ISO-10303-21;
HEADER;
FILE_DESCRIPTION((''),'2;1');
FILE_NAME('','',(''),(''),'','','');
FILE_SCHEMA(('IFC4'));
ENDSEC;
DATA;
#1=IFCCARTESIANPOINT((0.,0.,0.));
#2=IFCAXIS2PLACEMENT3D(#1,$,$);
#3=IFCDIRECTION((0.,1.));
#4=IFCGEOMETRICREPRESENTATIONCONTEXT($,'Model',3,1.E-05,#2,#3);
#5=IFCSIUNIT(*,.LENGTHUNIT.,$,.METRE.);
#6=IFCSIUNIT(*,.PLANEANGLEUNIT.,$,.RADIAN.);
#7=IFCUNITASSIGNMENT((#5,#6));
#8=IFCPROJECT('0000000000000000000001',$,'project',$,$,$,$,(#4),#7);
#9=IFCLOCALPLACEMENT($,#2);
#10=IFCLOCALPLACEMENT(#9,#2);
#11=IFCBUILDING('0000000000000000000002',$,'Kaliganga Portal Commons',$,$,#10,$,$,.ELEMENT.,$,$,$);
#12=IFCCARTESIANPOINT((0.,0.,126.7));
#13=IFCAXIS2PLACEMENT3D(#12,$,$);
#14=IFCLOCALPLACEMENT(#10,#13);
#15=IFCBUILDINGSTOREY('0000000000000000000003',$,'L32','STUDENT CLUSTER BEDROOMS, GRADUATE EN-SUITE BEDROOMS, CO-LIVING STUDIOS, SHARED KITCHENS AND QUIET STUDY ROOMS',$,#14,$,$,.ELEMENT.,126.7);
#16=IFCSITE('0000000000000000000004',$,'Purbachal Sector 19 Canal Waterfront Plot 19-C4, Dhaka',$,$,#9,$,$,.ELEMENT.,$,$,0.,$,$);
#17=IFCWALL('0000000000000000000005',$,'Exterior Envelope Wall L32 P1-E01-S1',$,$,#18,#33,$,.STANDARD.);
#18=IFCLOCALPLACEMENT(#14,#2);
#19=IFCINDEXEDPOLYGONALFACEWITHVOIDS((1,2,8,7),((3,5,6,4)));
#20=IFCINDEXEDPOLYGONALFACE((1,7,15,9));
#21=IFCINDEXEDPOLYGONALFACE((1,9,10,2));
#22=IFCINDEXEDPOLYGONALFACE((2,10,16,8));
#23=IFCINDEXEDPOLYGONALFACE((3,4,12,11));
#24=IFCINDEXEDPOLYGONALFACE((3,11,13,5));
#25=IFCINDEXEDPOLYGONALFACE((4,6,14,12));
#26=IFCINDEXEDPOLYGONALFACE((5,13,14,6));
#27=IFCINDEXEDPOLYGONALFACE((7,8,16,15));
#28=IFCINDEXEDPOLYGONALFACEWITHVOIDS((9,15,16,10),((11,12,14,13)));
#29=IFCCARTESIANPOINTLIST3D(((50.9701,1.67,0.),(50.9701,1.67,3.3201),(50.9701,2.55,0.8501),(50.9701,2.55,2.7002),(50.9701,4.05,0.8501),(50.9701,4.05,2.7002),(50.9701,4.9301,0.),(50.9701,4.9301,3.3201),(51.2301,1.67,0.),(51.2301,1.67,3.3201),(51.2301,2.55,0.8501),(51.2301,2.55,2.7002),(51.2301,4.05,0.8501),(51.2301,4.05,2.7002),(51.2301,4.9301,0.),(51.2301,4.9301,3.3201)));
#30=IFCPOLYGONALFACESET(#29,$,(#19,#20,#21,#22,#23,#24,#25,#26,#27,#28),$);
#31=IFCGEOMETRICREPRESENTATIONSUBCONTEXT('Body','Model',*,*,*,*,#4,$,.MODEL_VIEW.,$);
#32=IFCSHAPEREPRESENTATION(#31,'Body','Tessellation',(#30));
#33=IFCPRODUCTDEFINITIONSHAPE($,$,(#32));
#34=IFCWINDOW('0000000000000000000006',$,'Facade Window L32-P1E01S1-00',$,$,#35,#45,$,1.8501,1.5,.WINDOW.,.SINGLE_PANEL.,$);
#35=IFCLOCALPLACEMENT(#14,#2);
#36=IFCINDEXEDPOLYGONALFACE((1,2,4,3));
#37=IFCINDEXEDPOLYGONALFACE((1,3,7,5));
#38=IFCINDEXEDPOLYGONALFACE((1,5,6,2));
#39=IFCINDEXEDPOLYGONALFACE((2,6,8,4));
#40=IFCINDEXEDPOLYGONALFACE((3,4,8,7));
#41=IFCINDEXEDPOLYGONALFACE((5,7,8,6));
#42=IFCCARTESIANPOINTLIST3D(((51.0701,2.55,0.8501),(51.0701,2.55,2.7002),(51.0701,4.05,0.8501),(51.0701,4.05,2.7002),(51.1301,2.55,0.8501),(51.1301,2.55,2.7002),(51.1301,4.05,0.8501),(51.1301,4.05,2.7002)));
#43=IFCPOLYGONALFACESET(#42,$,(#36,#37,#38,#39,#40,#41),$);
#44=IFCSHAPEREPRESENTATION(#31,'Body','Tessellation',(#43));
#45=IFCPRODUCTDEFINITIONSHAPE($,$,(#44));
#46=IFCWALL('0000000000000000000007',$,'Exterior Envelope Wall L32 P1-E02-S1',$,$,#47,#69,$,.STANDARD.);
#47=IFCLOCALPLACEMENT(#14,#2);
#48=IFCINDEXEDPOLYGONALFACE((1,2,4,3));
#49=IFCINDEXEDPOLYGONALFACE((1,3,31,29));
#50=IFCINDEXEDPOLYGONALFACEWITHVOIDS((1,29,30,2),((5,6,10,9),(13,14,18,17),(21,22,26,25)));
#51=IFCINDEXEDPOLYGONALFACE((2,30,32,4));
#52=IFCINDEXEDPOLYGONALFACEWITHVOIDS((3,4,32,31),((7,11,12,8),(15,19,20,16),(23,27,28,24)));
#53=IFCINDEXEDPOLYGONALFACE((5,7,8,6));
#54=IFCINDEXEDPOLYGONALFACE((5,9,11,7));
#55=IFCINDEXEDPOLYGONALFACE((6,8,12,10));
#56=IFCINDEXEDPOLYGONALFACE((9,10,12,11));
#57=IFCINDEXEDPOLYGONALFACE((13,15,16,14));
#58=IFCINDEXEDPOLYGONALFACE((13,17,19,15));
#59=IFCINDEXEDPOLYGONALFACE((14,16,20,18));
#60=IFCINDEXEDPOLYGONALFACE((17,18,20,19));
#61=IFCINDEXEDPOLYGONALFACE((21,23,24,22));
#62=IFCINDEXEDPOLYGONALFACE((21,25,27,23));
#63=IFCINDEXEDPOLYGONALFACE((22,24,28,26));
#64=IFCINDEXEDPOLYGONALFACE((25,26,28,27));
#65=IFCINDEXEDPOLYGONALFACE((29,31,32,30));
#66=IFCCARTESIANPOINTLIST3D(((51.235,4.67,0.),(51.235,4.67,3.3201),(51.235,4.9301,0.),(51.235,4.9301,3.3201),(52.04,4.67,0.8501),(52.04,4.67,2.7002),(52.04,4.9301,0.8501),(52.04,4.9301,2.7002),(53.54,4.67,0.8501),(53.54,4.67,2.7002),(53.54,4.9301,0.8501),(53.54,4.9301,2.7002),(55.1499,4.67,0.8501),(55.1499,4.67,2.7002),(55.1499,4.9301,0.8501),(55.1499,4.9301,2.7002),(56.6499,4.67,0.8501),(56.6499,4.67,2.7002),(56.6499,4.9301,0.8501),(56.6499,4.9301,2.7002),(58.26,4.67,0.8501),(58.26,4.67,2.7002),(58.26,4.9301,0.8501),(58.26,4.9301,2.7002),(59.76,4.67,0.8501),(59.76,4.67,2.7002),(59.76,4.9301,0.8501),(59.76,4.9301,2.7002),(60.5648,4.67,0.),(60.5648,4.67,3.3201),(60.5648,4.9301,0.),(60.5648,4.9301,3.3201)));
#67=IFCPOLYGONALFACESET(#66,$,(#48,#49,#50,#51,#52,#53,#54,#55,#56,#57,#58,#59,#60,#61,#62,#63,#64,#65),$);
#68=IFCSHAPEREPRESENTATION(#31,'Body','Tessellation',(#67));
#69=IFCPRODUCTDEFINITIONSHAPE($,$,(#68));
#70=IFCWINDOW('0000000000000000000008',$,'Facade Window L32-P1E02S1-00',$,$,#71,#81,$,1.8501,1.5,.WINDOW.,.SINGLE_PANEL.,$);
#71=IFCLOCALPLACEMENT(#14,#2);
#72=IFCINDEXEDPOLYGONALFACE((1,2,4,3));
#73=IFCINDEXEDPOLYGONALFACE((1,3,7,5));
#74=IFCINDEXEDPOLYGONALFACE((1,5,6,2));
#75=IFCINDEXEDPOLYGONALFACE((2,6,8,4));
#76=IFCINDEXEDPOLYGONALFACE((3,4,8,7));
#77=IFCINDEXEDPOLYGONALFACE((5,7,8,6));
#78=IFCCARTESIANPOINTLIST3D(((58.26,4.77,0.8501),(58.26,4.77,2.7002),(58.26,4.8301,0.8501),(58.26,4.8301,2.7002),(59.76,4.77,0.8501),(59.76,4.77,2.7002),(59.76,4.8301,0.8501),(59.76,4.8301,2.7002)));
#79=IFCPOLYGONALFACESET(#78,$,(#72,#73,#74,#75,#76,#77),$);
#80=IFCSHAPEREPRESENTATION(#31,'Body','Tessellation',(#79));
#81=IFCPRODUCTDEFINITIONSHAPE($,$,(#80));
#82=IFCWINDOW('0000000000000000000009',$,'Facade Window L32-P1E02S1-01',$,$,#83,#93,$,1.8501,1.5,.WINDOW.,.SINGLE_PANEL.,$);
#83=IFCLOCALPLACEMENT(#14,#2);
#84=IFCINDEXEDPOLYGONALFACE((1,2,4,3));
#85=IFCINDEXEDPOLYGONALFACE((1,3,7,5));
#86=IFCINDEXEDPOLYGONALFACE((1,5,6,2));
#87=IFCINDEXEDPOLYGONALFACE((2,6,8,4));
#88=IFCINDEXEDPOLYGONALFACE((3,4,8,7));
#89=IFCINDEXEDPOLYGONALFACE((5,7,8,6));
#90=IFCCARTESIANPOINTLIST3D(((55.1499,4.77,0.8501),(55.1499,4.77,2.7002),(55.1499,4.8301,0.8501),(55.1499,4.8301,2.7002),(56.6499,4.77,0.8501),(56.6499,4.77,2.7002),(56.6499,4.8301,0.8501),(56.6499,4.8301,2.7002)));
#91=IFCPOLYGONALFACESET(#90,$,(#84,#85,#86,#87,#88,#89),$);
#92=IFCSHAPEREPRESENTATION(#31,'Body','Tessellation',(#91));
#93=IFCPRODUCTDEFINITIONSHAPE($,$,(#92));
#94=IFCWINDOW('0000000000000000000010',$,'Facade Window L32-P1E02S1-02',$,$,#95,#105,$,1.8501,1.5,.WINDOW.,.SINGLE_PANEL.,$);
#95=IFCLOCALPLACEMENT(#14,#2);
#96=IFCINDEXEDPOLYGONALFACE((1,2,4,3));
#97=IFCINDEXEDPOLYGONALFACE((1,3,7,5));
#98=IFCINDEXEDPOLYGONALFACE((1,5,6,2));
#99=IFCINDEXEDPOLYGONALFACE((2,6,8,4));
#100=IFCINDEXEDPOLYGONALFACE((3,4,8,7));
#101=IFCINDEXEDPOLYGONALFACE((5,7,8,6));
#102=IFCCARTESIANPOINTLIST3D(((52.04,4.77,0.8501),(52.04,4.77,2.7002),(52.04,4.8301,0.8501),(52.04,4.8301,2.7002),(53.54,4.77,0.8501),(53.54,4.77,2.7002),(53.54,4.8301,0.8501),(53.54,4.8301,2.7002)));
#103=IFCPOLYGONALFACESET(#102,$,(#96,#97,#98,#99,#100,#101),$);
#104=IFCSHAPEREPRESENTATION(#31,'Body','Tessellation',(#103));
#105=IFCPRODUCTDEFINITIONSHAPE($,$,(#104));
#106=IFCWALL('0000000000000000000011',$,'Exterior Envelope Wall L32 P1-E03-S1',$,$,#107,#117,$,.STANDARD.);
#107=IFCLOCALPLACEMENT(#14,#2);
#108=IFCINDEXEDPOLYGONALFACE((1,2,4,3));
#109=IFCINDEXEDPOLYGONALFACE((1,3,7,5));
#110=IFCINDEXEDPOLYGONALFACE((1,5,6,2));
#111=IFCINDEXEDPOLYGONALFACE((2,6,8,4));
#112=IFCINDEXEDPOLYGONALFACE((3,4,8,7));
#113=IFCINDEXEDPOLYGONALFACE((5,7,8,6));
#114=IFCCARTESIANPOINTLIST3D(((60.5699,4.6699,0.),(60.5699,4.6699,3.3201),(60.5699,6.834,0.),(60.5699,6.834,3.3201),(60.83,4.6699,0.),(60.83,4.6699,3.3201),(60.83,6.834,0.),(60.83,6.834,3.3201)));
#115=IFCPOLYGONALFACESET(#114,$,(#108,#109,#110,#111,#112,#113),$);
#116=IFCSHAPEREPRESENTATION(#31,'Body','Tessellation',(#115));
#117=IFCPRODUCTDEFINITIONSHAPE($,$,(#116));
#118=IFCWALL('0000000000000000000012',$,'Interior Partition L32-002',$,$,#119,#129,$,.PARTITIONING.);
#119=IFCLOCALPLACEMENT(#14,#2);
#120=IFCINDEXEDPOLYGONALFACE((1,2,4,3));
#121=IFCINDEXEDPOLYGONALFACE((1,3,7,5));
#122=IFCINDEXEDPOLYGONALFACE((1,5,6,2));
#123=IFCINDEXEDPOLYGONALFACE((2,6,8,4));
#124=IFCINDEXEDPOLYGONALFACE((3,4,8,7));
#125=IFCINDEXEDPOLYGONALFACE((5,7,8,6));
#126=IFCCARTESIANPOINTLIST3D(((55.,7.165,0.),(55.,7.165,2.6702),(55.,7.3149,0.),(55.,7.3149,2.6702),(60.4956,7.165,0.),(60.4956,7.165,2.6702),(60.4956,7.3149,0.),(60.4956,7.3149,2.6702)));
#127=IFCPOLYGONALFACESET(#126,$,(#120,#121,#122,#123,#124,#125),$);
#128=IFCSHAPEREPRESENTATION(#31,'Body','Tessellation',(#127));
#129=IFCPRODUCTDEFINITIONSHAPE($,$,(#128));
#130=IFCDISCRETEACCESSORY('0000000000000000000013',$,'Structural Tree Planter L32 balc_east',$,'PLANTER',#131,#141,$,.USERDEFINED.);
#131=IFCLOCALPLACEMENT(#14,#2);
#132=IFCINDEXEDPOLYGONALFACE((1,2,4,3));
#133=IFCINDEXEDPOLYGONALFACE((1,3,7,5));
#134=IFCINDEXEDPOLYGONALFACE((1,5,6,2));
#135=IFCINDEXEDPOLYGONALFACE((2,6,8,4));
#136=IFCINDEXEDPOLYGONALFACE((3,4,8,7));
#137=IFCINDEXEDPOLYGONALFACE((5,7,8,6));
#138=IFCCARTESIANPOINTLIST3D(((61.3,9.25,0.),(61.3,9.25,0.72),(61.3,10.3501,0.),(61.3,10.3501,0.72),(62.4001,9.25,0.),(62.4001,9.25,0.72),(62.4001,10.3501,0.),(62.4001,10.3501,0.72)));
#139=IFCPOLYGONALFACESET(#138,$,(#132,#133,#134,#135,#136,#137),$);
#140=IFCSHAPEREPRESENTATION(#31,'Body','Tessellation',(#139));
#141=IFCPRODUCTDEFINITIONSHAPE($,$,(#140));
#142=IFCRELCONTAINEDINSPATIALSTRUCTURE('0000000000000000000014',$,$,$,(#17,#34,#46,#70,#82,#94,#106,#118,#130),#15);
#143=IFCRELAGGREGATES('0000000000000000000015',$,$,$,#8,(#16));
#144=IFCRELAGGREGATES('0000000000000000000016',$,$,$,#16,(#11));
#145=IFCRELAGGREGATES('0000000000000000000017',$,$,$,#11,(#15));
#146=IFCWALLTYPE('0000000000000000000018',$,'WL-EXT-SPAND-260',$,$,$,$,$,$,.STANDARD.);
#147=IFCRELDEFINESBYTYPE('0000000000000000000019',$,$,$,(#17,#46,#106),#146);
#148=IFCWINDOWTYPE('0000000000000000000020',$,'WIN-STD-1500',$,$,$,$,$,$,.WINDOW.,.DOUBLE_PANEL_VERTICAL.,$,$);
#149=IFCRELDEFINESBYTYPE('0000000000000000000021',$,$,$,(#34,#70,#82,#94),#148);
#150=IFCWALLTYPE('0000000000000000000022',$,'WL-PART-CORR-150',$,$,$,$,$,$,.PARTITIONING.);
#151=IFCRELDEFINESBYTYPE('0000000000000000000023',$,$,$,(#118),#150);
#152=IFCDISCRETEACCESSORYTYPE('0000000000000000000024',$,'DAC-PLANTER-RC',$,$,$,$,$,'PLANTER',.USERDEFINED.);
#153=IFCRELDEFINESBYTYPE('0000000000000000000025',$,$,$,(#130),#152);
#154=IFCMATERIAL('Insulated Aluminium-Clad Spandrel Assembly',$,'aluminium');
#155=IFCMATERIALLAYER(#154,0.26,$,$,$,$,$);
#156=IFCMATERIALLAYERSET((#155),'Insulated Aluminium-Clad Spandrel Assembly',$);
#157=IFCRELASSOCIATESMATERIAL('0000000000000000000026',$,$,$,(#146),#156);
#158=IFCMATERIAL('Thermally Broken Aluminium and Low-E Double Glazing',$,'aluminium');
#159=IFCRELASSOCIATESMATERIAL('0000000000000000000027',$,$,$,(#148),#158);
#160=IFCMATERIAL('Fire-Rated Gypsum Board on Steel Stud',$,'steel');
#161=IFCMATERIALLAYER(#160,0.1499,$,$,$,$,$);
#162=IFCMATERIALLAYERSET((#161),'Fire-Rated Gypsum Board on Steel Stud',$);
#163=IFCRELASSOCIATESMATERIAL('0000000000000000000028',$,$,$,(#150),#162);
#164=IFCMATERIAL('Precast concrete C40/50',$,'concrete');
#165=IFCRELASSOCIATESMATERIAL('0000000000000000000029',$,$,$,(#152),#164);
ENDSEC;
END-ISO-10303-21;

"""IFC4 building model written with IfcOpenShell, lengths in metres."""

from ifc_helpers import new_model, si_unit, direction, frame, frame_2d, origin, origin_2d, place, context, subcontext, project, spatial, rectangle, extrude, source, transform, mapped, material, layer, layer_set, type_object, element, fill, save


model = new_model("IFC4")

# Units and contexts
model_context = context("Model", 3, precision=1e-05, world=origin(), true_north=direction((0.0, 1.0)))
body_context = subcontext(model_context, "Body", "Model", "MODEL_VIEW")
ifc_project = project(units=[si_unit("LENGTHUNIT", "METRE"), si_unit("PLANEANGLEUNIT", "RADIAN")], contexts=[model_context])

# Site, building, storey
site_placement = place(None, origin())
site = spatial("IfcSite", under=ifc_project, at=site_placement, Name="Purbachal Sector 19 Canal Waterfront Plot 19-C4, Dhaka", CompositionType="ELEMENT", RefElevation=0.0)
building_placement = place(site_placement, origin())
building = spatial("IfcBuilding", under=site, at=building_placement, Name="Kaliganga Portal Commons", CompositionType="ELEMENT")
storey_placement = place(building_placement, frame((0.0, 0.0, 126.7)))
storey = spatial("IfcBuildingStorey", under=building, at=storey_placement, Name="L32", Description="STUDENT CLUSTER BEDROOMS, GRADUATE EN-SUITE BEDROOMS, CO-LIVING STUDIOS, SHARED KITCHENS AND QUIET STUDY ROOMS", CompositionType="ELEMENT", Elevation=126.7)

# Wall, opening, window
ifc_material_1 = material(Name="Insulated Aluminium-Clad Spandrel Assembly", Category="aluminium")
ifc_layer_1 = layer(ifc_material_1, 0.26)
ifc_layer_set_1 = layer_set([ifc_layer_1], Name="Insulated Aluminium-Clad Spandrel Assembly")
wall_type_1 = type_object("IfcWallType", Name="WL-EXT-SPAND-260", PredefinedType="STANDARD", material=ifc_layer_set_1)
wall_1_placement = place(storey_placement, frame((51.1001, 4.9299, 0.0), z_axis=(0.0, 0.0, 1.0), x_axis=(0.0, -1.0, 0.0)))
wall_1 = element("IfcWall", 1, at=wall_1_placement, inside=storey, type_object=wall_type_1, Name="Exterior Envelope Wall L32 P1-E01-S1", PredefinedType="STANDARD", context=body_context, shape_type="SweptSolid", body=[
    extrude(rectangle(XDim=3.26, YDim=0.26, at=frame_2d((1.6299, 0.0))), origin(), (0.0, 0.0, 1.0), 3.3201),
])
opening_1_placement = place(wall_1_placement, frame((0.8799, 0.0, 0.8501)))
opening_1 = element("IfcOpeningElement", 2, at=opening_1_placement, cuts=wall_1, PredefinedType="OPENING", context=body_context, shape_type="SweptSolid", body=[
    extrude(rectangle(XDim=1.5, YDim=1.8501, at=frame_2d((0.75, 0.925))), frame((0.0, 0.1401, 0.0), z_axis=(0.0, -1.0, 0.0), x_axis=(1.0, 0.0, 0.0)), (0.0, 0.0, 1.0), 0.28),
])
ifc_material_2 = material(Name="Thermally Broken Aluminium and Low-E Double Glazing", Category="aluminium")
window_type = type_object("IfcWindowType", Name="WIN-STD-1500", PartitioningType="DOUBLE_PANEL_VERTICAL", PredefinedType="WINDOW", material=ifc_material_2)
window_1_placement = place(opening_1_placement, origin())
window_1 = element("IfcWindow", 3, at=window_1_placement, inside=storey, type_object=window_type, Name="Facade Window L32-P1E01S1-00", OverallHeight=1.8501, OverallWidth=1.5, PartitioningType="SINGLE_PANEL", PredefinedType="WINDOW", context=body_context, shape_type="SweptSolid", body=[
    extrude(rectangle(XDim=1.5, YDim=1.8501, at=frame_2d((0.75, 0.925))), frame((0.0, 0.03, 0.0), z_axis=(0.0, -1.0, 0.0), x_axis=(1.0, 0.0, 0.0)), (0.0, 0.0, 1.0), 0.0601),
])
fill(opening_1, window_1)

# Wall, openings, windows
wall_2_placement = place(storey_placement, frame((60.5649, 4.8, 0.0), z_axis=(0.0, 0.0, 1.0), x_axis=(-1.0, 0.0, 0.0)))
wall_2 = element("IfcWall", 4, at=wall_2_placement, inside=storey, type_object=wall_type_1, Name="Exterior Envelope Wall L32 P1-E02-S1", PredefinedType="STANDARD", context=body_context, shape_type="SweptSolid", body=[
    extrude(rectangle(XDim=9.3298, YDim=0.26, at=frame_2d((4.665, 0.0))), origin(), (0.0, 0.0, 1.0), 3.3201),
])
opening_2_placement = place(wall_2_placement, frame((0.8049, 0.0, 0.8501)))
opening_2 = element("IfcOpeningElement", 5, at=opening_2_placement, cuts=wall_2, PredefinedType="OPENING", context=body_context, shape_type="SweptSolid", body=[
    extrude(rectangle(XDim=1.5, YDim=1.8501, at=frame_2d((0.75, 0.925))), frame((0.0, 0.1401, 0.0), z_axis=(0.0, -1.0, 0.0), x_axis=(1.0, 0.0, 0.0)), (0.0, 0.0, 1.0), 0.28),
])
opening_3_placement = place(wall_2_placement, frame((3.915, 0.0, 0.8501)))
opening_3 = element("IfcOpeningElement", 6, at=opening_3_placement, cuts=wall_2, PredefinedType="OPENING", context=body_context, shape_type="SweptSolid", body=[
    extrude(rectangle(XDim=1.5, YDim=1.8501, at=frame_2d((0.75, 0.925))), frame((0.0, 0.1401, 0.0), z_axis=(0.0, -1.0, 0.0), x_axis=(1.0, 0.0, 0.0)), (0.0, 0.0, 1.0), 0.28),
])
opening_4_placement = place(wall_2_placement, frame((7.0249, 0.0, 0.8501)))
opening_4 = element("IfcOpeningElement", 7, at=opening_4_placement, cuts=wall_2, PredefinedType="OPENING", context=body_context, shape_type="SweptSolid", body=[
    extrude(rectangle(XDim=1.5, YDim=1.8501, at=frame_2d((0.75, 0.925))), frame((0.0, 0.1401, 0.0), z_axis=(0.0, -1.0, 0.0), x_axis=(1.0, 0.0, 0.0)), (0.0, 0.0, 1.0), 0.28),
])
window_2_placement = place(opening_2_placement, origin())
window_2 = element("IfcWindow", 8, at=window_2_placement, inside=storey, type_object=window_type, Name="Facade Window L32-P1E02S1-00", OverallHeight=1.8501, OverallWidth=1.5, PartitioningType="SINGLE_PANEL", PredefinedType="WINDOW", context=body_context, shape_type="SweptSolid", body=[
    extrude(rectangle(XDim=1.5, YDim=1.8501, at=frame_2d((0.75, 0.925))), frame((0.0, 0.03, 0.0), z_axis=(0.0, -1.0, 0.0), x_axis=(1.0, 0.0, 0.0)), (0.0, 0.0, 1.0), 0.0601),
])
fill(opening_2, window_2)
window_3_placement = place(opening_3_placement, origin())
window_3 = element("IfcWindow", 9, at=window_3_placement, inside=storey, type_object=window_type, Name="Facade Window L32-P1E02S1-01", OverallHeight=1.8501, OverallWidth=1.5, PartitioningType="SINGLE_PANEL", PredefinedType="WINDOW", context=body_context, shape_type="SweptSolid", body=[
    extrude(rectangle(XDim=1.5, YDim=1.8501, at=frame_2d((0.75, 0.925))), frame((0.0, 0.03, 0.0), z_axis=(0.0, -1.0, 0.0), x_axis=(1.0, 0.0, 0.0)), (0.0, 0.0, 1.0), 0.0601),
])
fill(opening_3, window_3)
window_4_placement = place(opening_4_placement, origin())
window_4 = element("IfcWindow", 10, at=window_4_placement, inside=storey, type_object=window_type, Name="Facade Window L32-P1E02S1-02", OverallHeight=1.8501, OverallWidth=1.5, PartitioningType="SINGLE_PANEL", PredefinedType="WINDOW", context=body_context, shape_type="SweptSolid", body=[
    extrude(rectangle(XDim=1.5, YDim=1.8501, at=frame_2d((0.75, 0.925))), frame((0.0, 0.03, 0.0), z_axis=(0.0, -1.0, 0.0), x_axis=(1.0, 0.0, 0.0)), (0.0, 0.0, 1.0), 0.0601),
])
fill(opening_4, window_4)

# Walls
wall_3_placement = place(storey_placement, frame((60.7, 6.834, 0.0), z_axis=(0.0, 0.0, 1.0), x_axis=(0.0, -1.0, 0.0)))
element("IfcWall", 11, at=wall_3_placement, inside=storey, type_object=wall_type_1, Name="Exterior Envelope Wall L32 P1-E03-S1", PredefinedType="STANDARD", context=body_context, shape_type="SweptSolid", body=[
    extrude(rectangle(XDim=2.1641, YDim=0.26, at=frame_2d((1.082, 0.0))), origin(), (0.0, 0.0, 1.0), 3.3201),
])
ifc_material_3 = material(Name="Fire-Rated Gypsum Board on Steel Stud", Category="steel")
ifc_layer_2 = layer(ifc_material_3, 0.1499)
ifc_layer_set_2 = layer_set([ifc_layer_2], Name="Fire-Rated Gypsum Board on Steel Stud")
wall_type_2 = type_object("IfcWallType", Name="WL-PART-CORR-150", PredefinedType="PARTITIONING", material=ifc_layer_set_2)
wall_4_placement = place(storey_placement, frame((55.0, 7.24, 0.0), z_axis=(0.0, 0.0, 1.0), x_axis=(1.0, 0.0, 0.0)))
element("IfcWall", 12, at=wall_4_placement, inside=storey, type_object=wall_type_2, Name="Interior Partition L32-002", PredefinedType="PARTITIONING", context=body_context, shape_type="SweptSolid", body=[
    extrude(rectangle(XDim=5.4956, YDim=0.1499, at=frame_2d((2.7478, 0.0))), origin(), (0.0, 0.0, 1.0), 2.6702),
])

# Discrete accessory
ifc_material_4 = material(Name="Precast concrete C40/50", Category="concrete")
discrete_accessory_type = type_object("IfcDiscreteAccessoryType", Name="DAC-PLANTER-RC", ElementType="PLANTER", PredefinedType="USERDEFINED", material=ifc_material_4)
shared_shape_1 = source(origin(), body_context, "Body", "SweptSolid", [
    extrude(rectangle(XDim=1.1001, YDim=1.1001, at=origin_2d()), origin(), (0.0, 0.0, 1.0), 0.72),
])
discrete_accessory_placement = place(storey_placement, frame((61.8501, 9.8, 0.0), z_axis=(0.0, 0.0, 1.0), x_axis=(1.0, 0.0, 0.0)))
element("IfcDiscreteAccessory", 13, at=discrete_accessory_placement, inside=storey, type_object=discrete_accessory_type, Name="Structural Tree Planter L32 balc_east", ObjectType="PLANTER", PredefinedType="USERDEFINED", context=body_context, shape_type="MappedRepresentation", body=[
    mapped(shared_shape_1, transform((0.0, 0.0, 0.0), x_axis=(1.0, 0.0, 0.0), y_axis=(0.0, 1.0, 0.0), z_axis=(0.0, 0.0, 1.0), scale=1.0)),
])

save(model, "model.ifc")
